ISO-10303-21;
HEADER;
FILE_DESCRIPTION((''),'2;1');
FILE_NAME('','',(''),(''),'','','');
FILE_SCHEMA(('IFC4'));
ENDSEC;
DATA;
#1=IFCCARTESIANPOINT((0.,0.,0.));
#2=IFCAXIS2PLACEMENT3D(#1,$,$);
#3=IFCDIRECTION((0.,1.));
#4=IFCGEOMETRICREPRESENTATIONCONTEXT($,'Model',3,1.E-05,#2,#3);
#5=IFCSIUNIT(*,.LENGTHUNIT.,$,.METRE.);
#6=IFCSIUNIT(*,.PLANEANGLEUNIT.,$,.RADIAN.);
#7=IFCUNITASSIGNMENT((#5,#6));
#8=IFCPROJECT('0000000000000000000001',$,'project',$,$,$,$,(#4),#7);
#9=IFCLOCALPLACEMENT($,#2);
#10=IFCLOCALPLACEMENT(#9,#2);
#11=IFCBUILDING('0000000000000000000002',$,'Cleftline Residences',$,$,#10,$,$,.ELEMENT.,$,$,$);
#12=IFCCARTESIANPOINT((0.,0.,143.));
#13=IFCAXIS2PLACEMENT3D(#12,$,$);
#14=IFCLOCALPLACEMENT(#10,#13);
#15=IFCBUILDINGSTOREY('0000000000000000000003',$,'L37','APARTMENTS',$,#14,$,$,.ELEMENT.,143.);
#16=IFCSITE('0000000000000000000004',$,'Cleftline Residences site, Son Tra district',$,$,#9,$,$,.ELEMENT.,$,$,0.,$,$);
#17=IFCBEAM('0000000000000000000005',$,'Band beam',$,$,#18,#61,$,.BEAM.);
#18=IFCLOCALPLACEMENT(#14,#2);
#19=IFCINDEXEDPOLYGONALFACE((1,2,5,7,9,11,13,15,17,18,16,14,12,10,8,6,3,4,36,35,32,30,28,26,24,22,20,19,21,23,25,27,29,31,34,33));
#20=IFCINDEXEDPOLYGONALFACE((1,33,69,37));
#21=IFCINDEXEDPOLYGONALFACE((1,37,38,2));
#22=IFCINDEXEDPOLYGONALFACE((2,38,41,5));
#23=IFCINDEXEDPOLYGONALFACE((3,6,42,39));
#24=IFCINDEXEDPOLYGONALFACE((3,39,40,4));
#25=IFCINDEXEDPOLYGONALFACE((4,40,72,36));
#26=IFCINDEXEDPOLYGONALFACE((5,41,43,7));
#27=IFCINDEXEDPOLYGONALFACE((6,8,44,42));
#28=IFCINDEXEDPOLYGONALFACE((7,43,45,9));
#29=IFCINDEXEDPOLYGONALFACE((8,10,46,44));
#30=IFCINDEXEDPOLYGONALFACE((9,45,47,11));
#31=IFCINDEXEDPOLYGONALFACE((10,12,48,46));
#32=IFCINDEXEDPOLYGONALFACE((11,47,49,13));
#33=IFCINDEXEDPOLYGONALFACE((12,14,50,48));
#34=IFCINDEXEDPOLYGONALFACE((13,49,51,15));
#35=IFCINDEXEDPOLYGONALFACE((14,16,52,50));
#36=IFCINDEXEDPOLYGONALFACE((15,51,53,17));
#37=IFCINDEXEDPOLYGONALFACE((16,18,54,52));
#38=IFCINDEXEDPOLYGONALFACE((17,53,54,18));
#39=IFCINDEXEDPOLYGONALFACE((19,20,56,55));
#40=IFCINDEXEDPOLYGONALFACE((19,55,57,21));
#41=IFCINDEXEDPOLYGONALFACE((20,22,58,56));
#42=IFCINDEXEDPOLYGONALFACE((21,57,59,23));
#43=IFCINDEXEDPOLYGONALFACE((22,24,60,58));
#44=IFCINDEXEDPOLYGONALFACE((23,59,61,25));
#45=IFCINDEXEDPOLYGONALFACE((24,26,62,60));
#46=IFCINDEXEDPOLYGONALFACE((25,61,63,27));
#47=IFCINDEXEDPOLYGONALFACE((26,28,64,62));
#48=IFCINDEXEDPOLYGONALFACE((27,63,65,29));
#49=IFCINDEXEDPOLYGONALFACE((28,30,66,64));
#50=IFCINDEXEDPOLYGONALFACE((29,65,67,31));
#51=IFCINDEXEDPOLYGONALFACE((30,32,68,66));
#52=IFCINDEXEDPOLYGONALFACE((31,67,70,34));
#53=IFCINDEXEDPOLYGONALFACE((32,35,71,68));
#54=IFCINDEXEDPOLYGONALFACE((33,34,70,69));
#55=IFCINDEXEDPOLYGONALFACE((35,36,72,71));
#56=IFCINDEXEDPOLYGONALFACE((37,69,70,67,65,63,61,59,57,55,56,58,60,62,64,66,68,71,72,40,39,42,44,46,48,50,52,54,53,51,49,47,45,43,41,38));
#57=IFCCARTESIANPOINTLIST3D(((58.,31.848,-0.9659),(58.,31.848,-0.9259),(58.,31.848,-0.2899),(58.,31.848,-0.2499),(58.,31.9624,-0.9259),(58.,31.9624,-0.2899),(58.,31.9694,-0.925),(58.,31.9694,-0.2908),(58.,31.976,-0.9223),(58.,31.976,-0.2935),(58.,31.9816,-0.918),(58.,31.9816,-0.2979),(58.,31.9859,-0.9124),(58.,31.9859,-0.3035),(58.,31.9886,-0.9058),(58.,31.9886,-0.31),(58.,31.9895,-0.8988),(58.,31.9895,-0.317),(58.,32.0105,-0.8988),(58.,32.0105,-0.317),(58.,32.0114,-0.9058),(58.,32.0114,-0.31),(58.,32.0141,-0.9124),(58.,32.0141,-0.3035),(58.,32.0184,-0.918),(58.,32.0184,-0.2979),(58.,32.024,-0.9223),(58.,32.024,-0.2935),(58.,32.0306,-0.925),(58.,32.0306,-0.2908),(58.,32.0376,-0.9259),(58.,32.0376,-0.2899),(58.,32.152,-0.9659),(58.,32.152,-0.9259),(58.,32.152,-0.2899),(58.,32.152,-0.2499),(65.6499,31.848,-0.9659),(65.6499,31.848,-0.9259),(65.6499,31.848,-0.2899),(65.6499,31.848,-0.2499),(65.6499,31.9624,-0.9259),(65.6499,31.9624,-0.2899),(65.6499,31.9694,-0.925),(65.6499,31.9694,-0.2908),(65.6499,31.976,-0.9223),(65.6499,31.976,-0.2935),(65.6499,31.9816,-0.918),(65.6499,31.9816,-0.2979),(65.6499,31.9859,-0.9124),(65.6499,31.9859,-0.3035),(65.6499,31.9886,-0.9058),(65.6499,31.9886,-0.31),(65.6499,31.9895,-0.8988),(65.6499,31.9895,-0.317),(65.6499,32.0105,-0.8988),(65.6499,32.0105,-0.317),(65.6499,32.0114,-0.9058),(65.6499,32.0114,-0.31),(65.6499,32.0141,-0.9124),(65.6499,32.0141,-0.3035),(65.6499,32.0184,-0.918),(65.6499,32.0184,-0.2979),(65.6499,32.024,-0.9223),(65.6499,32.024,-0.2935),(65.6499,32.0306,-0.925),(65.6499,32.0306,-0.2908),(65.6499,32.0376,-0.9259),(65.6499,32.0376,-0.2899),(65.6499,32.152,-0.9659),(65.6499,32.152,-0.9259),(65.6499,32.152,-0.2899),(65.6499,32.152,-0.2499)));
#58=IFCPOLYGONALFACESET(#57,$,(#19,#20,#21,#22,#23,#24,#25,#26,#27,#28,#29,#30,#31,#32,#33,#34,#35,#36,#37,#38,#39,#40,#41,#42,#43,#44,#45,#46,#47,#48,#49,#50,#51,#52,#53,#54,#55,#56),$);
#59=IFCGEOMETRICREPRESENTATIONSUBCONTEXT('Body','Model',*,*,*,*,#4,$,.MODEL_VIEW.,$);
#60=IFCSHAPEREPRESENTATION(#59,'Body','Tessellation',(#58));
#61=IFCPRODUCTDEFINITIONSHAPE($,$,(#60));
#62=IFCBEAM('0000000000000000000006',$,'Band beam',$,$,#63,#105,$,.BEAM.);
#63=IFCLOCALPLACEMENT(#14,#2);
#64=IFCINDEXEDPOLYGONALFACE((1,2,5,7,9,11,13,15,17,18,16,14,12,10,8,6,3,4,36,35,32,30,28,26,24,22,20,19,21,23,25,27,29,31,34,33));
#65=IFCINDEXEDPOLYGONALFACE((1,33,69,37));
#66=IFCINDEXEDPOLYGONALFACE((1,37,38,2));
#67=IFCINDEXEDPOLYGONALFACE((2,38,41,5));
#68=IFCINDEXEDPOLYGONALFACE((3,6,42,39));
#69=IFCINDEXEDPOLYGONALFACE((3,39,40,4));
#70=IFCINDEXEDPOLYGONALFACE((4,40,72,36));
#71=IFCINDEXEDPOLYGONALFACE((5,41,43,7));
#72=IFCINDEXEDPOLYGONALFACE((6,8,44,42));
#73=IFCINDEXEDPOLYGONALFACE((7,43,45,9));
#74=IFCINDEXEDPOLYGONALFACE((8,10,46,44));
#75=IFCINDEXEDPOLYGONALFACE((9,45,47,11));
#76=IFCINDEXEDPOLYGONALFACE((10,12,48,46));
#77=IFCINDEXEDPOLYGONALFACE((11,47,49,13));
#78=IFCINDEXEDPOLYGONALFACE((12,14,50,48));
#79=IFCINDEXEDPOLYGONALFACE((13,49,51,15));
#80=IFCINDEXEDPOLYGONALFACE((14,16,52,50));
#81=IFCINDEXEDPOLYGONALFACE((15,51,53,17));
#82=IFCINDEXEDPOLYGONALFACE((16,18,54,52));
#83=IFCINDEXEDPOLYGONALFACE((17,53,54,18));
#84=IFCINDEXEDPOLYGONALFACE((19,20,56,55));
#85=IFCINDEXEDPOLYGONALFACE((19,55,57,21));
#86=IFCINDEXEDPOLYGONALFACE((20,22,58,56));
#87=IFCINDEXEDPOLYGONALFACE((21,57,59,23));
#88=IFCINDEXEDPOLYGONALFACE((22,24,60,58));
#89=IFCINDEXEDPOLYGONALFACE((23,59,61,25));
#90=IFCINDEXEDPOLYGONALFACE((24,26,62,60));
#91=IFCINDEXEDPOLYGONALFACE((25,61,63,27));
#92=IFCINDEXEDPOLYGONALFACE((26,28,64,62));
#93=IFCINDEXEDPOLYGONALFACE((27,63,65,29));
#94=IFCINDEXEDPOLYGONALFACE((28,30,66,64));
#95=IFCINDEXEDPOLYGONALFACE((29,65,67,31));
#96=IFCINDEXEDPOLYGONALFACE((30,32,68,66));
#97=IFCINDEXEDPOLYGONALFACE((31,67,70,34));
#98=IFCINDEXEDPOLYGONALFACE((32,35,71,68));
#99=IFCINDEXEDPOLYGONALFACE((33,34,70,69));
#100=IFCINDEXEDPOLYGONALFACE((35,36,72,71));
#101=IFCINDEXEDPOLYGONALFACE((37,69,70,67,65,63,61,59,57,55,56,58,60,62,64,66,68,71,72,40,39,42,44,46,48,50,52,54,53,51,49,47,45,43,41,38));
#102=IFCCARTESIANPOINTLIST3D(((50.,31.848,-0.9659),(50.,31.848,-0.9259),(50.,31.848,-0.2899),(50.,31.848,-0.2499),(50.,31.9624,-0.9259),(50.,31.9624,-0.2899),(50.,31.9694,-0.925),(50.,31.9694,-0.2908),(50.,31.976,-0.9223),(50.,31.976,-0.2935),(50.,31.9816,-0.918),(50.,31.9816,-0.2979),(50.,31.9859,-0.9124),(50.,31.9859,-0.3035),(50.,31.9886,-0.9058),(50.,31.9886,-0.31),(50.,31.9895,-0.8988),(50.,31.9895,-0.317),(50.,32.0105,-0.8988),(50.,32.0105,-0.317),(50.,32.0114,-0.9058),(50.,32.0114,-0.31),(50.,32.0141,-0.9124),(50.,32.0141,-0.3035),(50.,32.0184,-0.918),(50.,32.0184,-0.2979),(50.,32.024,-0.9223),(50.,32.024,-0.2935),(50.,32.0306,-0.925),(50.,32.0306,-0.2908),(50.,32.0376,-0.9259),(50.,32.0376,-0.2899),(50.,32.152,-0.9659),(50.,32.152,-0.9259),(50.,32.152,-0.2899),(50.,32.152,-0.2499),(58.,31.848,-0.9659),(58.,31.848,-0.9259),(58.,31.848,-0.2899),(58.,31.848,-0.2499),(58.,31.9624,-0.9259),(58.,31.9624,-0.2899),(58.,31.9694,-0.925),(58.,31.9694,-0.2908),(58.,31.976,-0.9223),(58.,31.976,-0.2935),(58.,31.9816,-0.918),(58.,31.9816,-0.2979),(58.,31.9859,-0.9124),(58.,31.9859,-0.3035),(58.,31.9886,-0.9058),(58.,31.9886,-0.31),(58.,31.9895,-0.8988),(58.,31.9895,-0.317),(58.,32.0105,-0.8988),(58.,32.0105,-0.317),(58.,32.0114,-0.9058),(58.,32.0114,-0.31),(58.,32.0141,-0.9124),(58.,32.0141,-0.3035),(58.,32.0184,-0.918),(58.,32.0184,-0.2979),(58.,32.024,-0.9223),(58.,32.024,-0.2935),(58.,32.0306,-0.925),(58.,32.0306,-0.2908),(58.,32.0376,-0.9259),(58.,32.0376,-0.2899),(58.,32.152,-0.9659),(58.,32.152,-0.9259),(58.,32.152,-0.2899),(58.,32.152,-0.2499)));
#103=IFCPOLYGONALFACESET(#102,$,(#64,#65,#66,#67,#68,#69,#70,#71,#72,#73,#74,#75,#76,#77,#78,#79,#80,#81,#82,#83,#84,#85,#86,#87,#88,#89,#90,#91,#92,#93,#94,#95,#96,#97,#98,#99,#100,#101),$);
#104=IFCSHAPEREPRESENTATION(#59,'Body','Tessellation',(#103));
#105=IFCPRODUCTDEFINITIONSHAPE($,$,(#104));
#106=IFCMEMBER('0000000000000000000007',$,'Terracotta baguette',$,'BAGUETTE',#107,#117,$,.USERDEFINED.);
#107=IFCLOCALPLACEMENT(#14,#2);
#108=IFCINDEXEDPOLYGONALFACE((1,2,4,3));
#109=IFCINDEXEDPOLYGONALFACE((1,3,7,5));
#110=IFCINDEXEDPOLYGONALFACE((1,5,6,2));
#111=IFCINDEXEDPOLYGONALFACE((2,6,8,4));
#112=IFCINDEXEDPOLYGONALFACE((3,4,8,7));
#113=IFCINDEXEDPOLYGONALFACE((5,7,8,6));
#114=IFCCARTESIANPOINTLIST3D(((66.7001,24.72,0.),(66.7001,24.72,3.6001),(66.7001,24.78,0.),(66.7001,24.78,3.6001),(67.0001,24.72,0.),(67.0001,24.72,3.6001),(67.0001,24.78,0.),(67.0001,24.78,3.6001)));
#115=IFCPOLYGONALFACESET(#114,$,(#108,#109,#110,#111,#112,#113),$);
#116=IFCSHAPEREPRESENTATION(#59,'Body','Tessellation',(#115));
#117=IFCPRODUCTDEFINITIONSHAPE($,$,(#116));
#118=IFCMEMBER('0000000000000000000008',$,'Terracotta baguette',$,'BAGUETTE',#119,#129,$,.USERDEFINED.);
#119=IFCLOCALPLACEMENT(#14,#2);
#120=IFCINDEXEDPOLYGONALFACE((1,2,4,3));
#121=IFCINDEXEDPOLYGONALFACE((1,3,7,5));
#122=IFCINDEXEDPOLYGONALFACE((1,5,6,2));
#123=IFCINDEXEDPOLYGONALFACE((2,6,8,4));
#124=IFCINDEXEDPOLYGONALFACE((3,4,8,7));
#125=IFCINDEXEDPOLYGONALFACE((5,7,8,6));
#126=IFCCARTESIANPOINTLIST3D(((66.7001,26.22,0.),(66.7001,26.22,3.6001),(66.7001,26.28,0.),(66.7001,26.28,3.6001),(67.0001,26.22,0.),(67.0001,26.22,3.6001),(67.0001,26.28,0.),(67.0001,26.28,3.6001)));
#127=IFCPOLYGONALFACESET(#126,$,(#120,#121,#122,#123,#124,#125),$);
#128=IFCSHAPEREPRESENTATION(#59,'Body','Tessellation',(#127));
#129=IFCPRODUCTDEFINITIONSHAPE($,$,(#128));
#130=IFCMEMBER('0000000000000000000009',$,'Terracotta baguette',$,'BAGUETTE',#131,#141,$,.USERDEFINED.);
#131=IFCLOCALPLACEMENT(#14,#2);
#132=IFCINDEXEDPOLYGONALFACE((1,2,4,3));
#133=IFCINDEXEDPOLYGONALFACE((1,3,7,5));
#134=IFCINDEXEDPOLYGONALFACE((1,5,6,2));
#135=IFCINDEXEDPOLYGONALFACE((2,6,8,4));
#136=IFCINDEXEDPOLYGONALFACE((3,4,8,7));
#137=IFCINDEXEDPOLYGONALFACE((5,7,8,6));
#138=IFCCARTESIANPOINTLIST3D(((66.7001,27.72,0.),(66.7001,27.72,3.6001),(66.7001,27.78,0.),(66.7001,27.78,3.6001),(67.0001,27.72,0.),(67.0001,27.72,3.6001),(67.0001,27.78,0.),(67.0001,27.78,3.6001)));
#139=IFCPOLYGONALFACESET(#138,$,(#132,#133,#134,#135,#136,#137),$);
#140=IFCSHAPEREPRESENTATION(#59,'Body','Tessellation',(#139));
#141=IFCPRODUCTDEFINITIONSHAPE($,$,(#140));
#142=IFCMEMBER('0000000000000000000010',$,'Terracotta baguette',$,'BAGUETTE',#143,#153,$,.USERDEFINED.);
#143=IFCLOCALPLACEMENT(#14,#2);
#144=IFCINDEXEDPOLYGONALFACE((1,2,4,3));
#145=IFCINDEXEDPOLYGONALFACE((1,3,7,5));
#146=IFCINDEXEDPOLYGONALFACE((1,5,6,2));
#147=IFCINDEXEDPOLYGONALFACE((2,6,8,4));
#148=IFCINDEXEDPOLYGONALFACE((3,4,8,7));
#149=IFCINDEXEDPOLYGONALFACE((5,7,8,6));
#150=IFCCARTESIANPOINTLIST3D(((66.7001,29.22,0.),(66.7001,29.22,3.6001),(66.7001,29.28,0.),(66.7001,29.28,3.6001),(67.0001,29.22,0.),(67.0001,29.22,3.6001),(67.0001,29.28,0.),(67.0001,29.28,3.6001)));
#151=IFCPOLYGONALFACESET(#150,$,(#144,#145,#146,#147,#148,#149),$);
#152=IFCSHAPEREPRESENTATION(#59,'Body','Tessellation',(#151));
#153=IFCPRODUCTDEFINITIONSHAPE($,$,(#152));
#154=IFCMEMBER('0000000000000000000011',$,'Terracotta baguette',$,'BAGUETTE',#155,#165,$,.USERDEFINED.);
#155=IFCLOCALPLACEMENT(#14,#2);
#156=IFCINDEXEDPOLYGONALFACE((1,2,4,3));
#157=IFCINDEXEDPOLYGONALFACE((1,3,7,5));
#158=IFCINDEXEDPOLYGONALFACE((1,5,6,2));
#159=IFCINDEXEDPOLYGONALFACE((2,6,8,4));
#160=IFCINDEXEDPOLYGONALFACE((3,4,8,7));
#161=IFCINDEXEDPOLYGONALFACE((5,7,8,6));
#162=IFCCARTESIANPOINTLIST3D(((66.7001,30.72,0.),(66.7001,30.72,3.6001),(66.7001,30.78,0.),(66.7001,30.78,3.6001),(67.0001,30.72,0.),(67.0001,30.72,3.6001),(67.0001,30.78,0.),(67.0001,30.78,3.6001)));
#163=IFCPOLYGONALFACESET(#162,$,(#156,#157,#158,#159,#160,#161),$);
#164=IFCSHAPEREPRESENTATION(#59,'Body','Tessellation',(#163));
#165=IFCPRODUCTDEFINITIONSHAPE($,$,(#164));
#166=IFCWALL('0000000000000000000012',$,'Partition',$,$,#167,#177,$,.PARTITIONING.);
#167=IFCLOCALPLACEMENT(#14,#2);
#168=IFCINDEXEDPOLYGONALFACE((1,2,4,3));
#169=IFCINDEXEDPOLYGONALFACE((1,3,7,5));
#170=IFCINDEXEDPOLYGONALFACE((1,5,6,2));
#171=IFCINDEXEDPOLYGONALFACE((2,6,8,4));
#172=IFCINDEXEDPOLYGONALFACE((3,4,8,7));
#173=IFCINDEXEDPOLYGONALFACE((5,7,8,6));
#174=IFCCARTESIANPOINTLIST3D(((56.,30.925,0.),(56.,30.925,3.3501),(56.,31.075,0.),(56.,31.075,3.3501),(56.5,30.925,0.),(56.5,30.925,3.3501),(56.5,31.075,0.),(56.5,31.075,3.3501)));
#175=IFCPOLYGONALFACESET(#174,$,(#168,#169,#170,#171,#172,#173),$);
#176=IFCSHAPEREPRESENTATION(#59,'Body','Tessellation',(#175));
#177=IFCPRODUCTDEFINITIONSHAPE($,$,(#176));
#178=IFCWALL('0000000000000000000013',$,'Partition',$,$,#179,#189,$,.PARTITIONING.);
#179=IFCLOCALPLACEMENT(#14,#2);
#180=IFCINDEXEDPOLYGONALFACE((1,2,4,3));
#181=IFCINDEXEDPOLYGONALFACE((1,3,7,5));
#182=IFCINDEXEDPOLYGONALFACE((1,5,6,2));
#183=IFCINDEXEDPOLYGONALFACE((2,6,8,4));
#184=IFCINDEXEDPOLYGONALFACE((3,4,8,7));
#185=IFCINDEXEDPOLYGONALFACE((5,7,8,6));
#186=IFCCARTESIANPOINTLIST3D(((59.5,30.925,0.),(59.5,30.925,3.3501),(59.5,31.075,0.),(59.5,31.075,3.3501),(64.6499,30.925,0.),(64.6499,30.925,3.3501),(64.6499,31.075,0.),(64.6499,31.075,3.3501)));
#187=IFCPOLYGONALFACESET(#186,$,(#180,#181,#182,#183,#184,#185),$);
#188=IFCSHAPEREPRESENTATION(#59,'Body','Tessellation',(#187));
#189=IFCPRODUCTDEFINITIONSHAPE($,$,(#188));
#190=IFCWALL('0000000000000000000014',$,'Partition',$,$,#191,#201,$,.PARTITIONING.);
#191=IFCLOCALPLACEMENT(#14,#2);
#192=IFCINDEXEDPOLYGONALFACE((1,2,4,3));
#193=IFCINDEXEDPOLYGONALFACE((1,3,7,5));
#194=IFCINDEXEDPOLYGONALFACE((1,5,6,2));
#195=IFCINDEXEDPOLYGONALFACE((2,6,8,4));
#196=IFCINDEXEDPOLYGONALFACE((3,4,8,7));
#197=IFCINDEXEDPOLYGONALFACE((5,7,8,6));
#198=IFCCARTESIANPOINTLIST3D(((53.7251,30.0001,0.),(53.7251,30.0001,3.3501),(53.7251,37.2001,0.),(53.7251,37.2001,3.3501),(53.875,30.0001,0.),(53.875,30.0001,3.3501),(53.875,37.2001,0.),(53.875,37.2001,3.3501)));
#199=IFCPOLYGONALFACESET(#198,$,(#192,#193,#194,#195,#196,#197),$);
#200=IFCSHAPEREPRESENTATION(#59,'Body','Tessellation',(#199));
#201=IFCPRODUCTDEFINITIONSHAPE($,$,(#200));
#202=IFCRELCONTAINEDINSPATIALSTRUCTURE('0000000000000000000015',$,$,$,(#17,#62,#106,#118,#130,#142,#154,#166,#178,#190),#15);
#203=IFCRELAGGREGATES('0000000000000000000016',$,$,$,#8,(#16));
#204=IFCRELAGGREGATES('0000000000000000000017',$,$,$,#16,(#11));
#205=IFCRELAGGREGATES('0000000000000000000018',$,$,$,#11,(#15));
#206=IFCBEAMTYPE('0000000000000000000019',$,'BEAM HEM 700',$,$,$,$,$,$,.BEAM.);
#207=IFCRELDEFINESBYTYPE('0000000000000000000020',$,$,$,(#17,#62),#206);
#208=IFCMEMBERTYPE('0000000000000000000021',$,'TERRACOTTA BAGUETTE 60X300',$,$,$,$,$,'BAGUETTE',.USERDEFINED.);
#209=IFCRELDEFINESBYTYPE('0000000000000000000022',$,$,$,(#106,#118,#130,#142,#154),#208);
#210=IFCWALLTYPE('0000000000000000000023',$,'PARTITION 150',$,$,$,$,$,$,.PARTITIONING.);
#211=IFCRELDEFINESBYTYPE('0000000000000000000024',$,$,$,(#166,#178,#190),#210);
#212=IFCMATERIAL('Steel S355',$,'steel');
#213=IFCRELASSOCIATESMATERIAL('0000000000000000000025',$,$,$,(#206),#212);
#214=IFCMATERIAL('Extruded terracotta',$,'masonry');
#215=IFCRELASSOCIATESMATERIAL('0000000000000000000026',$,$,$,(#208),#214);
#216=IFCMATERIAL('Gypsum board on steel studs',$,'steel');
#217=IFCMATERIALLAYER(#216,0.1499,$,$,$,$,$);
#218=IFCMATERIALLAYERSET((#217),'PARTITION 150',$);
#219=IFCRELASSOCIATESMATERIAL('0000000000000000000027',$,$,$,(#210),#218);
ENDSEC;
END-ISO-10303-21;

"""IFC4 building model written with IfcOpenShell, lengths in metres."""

from ifc_helpers import new_model, si_unit, direction, frame, frame_2d, origin, origin_2d, place, context, subcontext, project, spatial, rectangle, i_section, extrude, material, layer, layer_set, material_profile, profile_set, type_object, element, save


model = new_model("IFC4")

# Units and contexts
model_context = context("Model", 3, precision=1e-05, world=origin(), true_north=direction((0.0, 1.0)))
body_context = subcontext(model_context, "Body", "Model", "MODEL_VIEW")
ifc_project = project(units=[si_unit("LENGTHUNIT", "METRE"), si_unit("PLANEANGLEUNIT", "RADIAN")], contexts=[model_context])

# Site, building, storey
site_placement = place(None, origin())
site = spatial("IfcSite", under=ifc_project, at=site_placement, Name="Cleftline Residences site, Son Tra district", CompositionType="ELEMENT", RefElevation=0.0)
building_placement = place(site_placement, origin())
building = spatial("IfcBuilding", under=site, at=building_placement, Name="Cleftline Residences", CompositionType="ELEMENT")
storey_placement = place(building_placement, frame((0.0, 0.0, 143.0)))
storey = spatial("IfcBuildingStorey", under=building, at=storey_placement, Name="L37", Description="APARTMENTS", CompositionType="ELEMENT", Elevation=143.0)

# Beams
ifc_material_1 = material(Name="Steel S355", Category="steel")
ifc_material_profile_1 = material_profile(ifc_material_1, i_section(OverallWidth=0.304, OverallDepth=0.7161, WebThickness=0.021, FlangeThickness=0.04, FilletRadius=0.0271, at=origin_2d()))
ifc_profile_set_1 = profile_set([ifc_material_profile_1], Name="Steel S355")
beam_type_1 = type_object("IfcBeamType", Name="BEAM HEM 700", PredefinedType="BEAM", material=ifc_profile_set_1)
beam_1_placement = place(storey_placement, frame((65.6499, 32.0, -0.6079), z_axis=(-1.0, 0.0, 0.0), x_axis=(0.0, -1.0, 0.0)))
element("IfcBeam", 1, at=beam_1_placement, inside=storey, type_object=beam_type_1, Name="Band beam", PredefinedType="BEAM", context=body_context, shape_type="SweptSolid", body=[
    extrude(i_section(OverallWidth=0.304, OverallDepth=0.7161, WebThickness=0.021, FlangeThickness=0.04, FilletRadius=0.0271, at=origin_2d()), origin(), (0.0, 0.0, 1.0), 7.6499),
])
beam_2_placement = place(storey_placement, frame((58.0, 32.0, -0.6079), z_axis=(-1.0, 0.0, 0.0), x_axis=(0.0, -1.0, 0.0)))
element("IfcBeam", 2, at=beam_2_placement, inside=storey, type_object=beam_type_1, Name="Band beam", PredefinedType="BEAM", context=body_context, shape_type="SweptSolid", body=[
    extrude(i_section(OverallWidth=0.304, OverallDepth=0.7161, WebThickness=0.021, FlangeThickness=0.04, FilletRadius=0.0271, at=origin_2d()), origin(), (0.0, 0.0, 1.0), 8.0),
])

# Members
ifc_material_2 = material(Name="Extruded terracotta", Category="masonry")
ifc_material_profile_2 = material_profile(ifc_material_2, rectangle(XDim=0.0601, YDim=0.3, at=origin_2d()))
ifc_profile_set_2 = profile_set([ifc_material_profile_2], Name="Extruded terracotta")
member_type_1 = type_object("IfcMemberType", Name="TERRACOTTA BAGUETTE 60X300", ElementType="BAGUETTE", PredefinedType="USERDEFINED", material=ifc_profile_set_2)
for number, where, z_axis, x_axis, name in (
    (3, (66.8501, 24.75, 0.0), (0.0, 0.0, 1.0), (0.0, 1.0, 0.0), "Terracotta baguette"),
    (4, (66.8501, 26.25, 0.0), (0.0, 0.0, 1.0), (0.0, 1.0, 0.0), "Terracotta baguette"),
    (5, (66.8501, 27.75, 0.0), (0.0, 0.0, 1.0), (0.0, 1.0, 0.0), "Terracotta baguette"),
    (6, (66.8501, 29.25, 0.0), (0.0, 0.0, 1.0), (0.0, 1.0, 0.0), "Terracotta baguette"),
    (7, (66.8501, 30.75, 0.0), (0.0, 0.0, 1.0), (0.0, 1.0, 0.0), "Terracotta baguette"),
):
    element("IfcMember", number, at=place(storey_placement, frame(where, z_axis=z_axis, x_axis=x_axis)), inside=storey, type_object=member_type_1, Name=name, ObjectType="BAGUETTE", PredefinedType="USERDEFINED", context=body_context, shape_type="SweptSolid", body=[
        extrude(rectangle(XDim=0.0601, YDim=0.3, at=origin_2d()), origin(), (0.0, 0.0, 1.0), 3.6001),
    ])

# Walls
ifc_material_3 = material(Name="Gypsum board on steel studs", Category="steel")
ifc_layer_1 = layer(ifc_material_3, 0.1499)
ifc_layer_set_1 = layer_set([ifc_layer_1], Name="PARTITION 150")
wall_type_1 = type_object("IfcWallType", Name="PARTITION 150", PredefinedType="PARTITIONING", material=ifc_layer_set_1)
wall_1_placement = place(storey_placement, frame((56.0, 31.0, 0.0), z_axis=(0.0, 0.0, 1.0), x_axis=(1.0, 0.0, 0.0)))
element("IfcWall", 8, at=wall_1_placement, inside=storey, type_object=wall_type_1, Name="Partition", PredefinedType="PARTITIONING", context=body_context, shape_type="SweptSolid", body=[
    extrude(rectangle(XDim=0.5, YDim=0.1499, at=frame_2d((0.25, 0.0))), origin(), (0.0, 0.0, 1.0), 3.3501),
])
wall_2_placement = place(storey_placement, frame((59.5, 31.0, 0.0), z_axis=(0.0, 0.0, 1.0), x_axis=(1.0, 0.0, 0.0)))
element("IfcWall", 9, at=wall_2_placement, inside=storey, type_object=wall_type_1, Name="Partition", PredefinedType="PARTITIONING", context=body_context, shape_type="SweptSolid", body=[
    extrude(rectangle(XDim=5.1499, YDim=0.1499, at=frame_2d((2.575, 0.0))), origin(), (0.0, 0.0, 1.0), 3.3501),
])
wall_3_placement = place(storey_placement, frame((53.8, 30.0, 0.0), z_axis=(0.0, 0.0, 1.0), x_axis=(0.0, 1.0, 0.0)))
element("IfcWall", 10, at=wall_3_placement, inside=storey, type_object=wall_type_1, Name="Partition", PredefinedType="PARTITIONING", context=body_context, shape_type="SweptSolid", body=[
    extrude(rectangle(XDim=7.2, YDim=0.1499, at=frame_2d((3.6001, 0.0))), origin(), (0.0, 0.0, 1.0), 3.3501),
])

save(model, "model.ifc")
